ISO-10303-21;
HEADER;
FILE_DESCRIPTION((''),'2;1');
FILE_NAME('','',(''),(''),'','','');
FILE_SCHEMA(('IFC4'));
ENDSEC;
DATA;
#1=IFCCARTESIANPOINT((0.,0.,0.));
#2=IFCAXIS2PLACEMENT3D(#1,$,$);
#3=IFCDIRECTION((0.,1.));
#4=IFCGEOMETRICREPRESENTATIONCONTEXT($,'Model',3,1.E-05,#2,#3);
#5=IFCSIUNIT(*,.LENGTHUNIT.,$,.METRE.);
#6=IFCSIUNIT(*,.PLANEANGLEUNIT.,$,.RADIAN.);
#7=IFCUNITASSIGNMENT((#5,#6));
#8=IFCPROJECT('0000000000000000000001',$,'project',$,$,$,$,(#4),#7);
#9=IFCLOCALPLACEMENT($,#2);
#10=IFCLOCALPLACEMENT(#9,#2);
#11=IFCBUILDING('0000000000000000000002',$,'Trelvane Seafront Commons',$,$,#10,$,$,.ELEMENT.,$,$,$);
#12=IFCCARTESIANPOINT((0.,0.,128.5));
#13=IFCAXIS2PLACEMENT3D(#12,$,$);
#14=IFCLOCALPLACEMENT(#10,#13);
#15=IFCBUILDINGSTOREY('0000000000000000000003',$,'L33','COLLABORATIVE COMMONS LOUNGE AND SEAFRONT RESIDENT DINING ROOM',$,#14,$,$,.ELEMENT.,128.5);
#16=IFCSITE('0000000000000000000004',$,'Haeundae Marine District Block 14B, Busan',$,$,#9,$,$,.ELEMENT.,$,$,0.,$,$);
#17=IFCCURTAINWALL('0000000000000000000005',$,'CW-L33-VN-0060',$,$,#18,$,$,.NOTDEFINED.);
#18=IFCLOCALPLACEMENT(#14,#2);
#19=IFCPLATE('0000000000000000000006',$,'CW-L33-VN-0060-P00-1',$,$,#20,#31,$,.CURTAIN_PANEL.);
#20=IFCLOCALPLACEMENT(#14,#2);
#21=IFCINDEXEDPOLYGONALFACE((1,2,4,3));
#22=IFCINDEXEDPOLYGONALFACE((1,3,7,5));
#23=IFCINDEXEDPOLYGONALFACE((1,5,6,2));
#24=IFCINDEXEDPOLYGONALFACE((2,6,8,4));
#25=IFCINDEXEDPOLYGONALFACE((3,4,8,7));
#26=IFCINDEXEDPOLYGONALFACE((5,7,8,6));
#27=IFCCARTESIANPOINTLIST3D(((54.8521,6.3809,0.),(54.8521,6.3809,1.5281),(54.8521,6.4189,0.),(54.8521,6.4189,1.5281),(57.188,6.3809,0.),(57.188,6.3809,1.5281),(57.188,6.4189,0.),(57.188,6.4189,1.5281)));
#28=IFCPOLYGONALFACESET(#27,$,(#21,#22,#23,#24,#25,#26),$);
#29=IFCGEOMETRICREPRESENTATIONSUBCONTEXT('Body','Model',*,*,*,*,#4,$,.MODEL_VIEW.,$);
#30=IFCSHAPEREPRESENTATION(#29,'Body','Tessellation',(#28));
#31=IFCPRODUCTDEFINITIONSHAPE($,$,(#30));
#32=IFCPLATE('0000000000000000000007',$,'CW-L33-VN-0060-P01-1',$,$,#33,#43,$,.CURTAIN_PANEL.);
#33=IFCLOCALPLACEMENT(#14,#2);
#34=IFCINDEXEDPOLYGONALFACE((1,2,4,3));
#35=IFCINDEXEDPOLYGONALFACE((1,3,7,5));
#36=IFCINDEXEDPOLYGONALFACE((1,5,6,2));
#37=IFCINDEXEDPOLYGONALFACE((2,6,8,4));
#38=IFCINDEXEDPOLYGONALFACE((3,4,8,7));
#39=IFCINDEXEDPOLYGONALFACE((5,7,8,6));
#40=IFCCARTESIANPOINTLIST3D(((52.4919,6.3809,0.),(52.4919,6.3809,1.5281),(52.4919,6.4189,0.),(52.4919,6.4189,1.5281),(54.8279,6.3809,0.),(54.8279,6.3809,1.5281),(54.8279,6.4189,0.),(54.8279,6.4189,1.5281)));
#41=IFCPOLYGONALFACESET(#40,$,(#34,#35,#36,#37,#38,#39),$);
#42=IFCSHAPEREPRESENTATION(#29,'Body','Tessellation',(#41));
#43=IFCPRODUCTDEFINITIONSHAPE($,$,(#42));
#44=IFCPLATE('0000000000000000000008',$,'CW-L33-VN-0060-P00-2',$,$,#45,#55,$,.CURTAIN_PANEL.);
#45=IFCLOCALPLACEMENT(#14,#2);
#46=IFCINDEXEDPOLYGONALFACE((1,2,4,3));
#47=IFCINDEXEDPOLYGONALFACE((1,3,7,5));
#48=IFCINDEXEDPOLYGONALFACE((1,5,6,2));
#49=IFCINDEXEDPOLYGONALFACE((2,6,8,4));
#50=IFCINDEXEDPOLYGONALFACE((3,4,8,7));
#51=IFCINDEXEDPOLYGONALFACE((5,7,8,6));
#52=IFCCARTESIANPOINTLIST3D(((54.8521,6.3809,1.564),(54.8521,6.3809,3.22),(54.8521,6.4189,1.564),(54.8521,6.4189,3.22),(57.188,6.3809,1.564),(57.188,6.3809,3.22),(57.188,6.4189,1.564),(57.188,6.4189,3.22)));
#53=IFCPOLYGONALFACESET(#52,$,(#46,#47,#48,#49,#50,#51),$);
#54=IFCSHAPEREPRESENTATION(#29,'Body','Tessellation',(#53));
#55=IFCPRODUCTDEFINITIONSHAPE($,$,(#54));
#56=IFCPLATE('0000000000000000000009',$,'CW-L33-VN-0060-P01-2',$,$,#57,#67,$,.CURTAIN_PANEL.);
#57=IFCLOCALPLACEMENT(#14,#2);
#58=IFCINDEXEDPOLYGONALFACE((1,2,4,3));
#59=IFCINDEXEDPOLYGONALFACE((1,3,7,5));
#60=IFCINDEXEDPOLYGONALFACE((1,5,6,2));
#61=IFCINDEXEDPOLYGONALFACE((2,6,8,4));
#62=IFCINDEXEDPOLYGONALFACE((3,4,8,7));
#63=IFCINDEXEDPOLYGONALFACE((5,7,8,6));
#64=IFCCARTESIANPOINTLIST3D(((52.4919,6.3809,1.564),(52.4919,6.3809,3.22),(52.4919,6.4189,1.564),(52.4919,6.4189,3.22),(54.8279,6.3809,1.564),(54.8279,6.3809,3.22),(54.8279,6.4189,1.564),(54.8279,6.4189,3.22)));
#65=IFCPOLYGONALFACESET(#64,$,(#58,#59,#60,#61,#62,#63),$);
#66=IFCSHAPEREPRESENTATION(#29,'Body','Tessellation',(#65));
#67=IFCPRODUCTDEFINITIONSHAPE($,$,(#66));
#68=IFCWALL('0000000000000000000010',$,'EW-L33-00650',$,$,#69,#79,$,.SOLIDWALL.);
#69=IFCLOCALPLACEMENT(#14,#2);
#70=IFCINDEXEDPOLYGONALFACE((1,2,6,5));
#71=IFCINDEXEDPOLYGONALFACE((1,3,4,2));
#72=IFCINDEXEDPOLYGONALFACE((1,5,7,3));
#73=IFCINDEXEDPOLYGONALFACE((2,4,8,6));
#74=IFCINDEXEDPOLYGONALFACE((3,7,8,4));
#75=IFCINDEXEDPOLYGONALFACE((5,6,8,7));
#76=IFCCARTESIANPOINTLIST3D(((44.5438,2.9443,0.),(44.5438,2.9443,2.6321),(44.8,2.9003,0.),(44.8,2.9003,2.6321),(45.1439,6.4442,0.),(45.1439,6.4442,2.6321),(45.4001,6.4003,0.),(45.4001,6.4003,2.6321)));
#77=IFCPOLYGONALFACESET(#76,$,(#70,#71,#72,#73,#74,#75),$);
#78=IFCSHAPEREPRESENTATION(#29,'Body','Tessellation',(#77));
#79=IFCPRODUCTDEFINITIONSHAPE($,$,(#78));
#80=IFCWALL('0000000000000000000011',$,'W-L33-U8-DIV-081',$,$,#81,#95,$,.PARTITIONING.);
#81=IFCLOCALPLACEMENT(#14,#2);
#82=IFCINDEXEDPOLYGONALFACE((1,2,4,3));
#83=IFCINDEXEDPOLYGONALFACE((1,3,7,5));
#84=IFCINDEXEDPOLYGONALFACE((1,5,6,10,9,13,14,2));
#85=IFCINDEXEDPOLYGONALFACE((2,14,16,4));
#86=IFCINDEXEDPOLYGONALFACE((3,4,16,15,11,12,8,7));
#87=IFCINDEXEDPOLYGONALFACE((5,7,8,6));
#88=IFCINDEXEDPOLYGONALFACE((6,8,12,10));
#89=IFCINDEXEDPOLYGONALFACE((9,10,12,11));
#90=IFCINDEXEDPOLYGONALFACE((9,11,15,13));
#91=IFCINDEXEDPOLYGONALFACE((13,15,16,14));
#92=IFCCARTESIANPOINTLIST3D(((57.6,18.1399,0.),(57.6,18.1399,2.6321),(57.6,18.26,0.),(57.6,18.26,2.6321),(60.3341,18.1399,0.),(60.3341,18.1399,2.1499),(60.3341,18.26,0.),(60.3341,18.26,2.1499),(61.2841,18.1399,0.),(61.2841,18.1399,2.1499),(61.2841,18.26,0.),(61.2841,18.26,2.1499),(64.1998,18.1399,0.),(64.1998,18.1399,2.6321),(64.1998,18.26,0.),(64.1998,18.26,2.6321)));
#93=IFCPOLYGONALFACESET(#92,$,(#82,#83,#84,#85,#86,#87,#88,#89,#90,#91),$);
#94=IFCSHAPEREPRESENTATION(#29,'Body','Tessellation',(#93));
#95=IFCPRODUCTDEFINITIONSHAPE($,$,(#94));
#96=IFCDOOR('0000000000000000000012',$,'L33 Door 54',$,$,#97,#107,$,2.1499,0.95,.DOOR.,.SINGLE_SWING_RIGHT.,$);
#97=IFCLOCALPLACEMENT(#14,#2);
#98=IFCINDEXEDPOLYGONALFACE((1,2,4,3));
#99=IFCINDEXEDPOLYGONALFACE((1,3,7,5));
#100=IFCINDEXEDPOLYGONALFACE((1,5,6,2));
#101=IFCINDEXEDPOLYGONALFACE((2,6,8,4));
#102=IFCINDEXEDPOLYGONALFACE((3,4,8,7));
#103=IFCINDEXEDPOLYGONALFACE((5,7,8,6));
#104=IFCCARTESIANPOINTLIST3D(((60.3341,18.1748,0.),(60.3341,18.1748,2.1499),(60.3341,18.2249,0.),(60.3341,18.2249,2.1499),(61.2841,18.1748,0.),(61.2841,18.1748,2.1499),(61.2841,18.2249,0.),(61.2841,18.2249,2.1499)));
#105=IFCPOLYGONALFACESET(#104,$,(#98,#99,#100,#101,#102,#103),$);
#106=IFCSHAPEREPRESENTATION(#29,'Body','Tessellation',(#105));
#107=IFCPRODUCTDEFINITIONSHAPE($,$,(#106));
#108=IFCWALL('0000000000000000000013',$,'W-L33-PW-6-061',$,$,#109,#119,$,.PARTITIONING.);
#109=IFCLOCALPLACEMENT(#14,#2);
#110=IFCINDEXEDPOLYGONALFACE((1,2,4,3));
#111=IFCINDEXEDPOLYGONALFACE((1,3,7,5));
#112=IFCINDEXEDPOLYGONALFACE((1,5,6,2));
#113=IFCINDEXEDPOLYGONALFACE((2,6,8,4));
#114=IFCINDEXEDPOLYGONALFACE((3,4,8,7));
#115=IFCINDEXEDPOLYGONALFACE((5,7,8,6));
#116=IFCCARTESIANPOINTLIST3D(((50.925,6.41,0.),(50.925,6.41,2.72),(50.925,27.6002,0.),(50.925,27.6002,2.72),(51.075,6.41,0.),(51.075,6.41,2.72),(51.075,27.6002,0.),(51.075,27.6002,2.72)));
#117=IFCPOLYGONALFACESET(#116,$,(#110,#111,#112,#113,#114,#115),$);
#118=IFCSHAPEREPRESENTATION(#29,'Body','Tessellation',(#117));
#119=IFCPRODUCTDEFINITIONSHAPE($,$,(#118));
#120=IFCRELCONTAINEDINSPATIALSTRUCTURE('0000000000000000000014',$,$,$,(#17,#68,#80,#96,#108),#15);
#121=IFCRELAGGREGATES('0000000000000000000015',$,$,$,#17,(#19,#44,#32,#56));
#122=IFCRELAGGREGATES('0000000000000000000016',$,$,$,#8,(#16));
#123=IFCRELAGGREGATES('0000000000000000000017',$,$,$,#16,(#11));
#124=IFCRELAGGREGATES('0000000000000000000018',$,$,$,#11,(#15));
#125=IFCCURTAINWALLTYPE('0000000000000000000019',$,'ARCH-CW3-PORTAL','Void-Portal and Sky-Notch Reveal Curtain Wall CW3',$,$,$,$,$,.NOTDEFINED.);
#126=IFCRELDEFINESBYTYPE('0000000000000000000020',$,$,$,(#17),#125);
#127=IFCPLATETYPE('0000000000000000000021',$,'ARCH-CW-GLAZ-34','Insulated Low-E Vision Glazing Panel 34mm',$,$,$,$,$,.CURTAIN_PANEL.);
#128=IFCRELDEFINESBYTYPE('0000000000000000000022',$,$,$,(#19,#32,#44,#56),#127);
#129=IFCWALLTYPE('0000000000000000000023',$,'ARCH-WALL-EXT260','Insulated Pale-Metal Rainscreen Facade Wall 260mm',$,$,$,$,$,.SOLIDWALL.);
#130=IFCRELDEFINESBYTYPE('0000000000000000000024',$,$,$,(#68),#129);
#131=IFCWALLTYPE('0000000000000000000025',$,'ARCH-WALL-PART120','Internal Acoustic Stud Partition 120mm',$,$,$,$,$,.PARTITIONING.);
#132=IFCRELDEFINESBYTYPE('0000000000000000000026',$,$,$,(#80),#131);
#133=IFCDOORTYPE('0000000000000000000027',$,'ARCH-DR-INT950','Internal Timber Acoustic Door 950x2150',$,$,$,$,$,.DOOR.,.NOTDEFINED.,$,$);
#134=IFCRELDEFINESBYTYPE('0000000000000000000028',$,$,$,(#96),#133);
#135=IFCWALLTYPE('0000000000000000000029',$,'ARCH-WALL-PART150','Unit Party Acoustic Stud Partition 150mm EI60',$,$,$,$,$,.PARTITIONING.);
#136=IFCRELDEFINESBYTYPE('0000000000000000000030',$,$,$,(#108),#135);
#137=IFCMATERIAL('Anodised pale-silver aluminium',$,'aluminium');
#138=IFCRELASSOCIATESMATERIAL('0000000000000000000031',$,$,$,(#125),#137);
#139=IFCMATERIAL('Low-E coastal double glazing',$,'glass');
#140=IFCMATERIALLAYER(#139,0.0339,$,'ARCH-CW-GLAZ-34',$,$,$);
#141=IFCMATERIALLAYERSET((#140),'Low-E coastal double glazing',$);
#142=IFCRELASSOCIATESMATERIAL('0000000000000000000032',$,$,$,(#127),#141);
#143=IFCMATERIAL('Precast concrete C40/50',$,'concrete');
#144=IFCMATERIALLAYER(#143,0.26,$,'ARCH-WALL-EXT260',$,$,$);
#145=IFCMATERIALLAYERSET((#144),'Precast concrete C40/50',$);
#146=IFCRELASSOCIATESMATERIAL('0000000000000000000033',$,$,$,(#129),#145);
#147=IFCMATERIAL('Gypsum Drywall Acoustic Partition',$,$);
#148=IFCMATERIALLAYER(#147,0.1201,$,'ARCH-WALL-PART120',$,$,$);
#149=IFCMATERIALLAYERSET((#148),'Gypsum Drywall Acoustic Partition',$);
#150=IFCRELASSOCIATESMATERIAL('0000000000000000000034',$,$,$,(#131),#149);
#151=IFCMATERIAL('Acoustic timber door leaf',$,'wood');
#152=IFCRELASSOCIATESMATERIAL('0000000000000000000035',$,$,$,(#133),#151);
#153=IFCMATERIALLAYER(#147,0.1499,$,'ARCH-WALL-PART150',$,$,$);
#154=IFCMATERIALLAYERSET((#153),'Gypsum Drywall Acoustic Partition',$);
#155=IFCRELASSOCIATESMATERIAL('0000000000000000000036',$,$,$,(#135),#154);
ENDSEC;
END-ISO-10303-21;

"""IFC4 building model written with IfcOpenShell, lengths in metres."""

from ifc_helpers import new_model, si_unit, direction, frame, frame_2d, origin, origin_2d, place, context, subcontext, project, spatial, rectangle, extrude, source, transform, mapped, material, layer, layer_set, type_object, element, fill, aggregate, save


model = new_model("IFC4")

# Units and contexts
model_context = context("Model", 3, precision=1e-05, world=origin(), true_north=direction((0.0, 1.0)))
body_context = subcontext(model_context, "Body", "Model", "MODEL_VIEW")
ifc_project = project(units=[si_unit("LENGTHUNIT", "METRE"), si_unit("PLANEANGLEUNIT", "RADIAN")], contexts=[model_context])

# Site, building, storey
site_placement = place(None, origin())
site = spatial("IfcSite", under=ifc_project, at=site_placement, Name="Haeundae Marine District Block 14B, Busan", CompositionType="ELEMENT", RefElevation=0.0)
building_placement = place(site_placement, origin())
building = spatial("IfcBuilding", under=site, at=building_placement, Name="Trelvane Seafront Commons", CompositionType="ELEMENT")
storey_placement = place(building_placement, frame((0.0, 0.0, 128.5)))
storey = spatial("IfcBuildingStorey", under=building, at=storey_placement, Name="L33", Description="COLLABORATIVE COMMONS LOUNGE AND SEAFRONT RESIDENT DINING ROOM", CompositionType="ELEMENT", Elevation=128.5)

# Curtain wall, plates
ifc_material_1 = material(Name="Anodised pale-silver aluminium", Category="aluminium")
curtain_wall_type = type_object("IfcCurtainWallType", Name="ARCH-CW3-PORTAL", Description="Void-Portal and Sky-Notch Reveal Curtain Wall CW3", PredefinedType="NOTDEFINED", material=ifc_material_1)
curtain_wall_placement = place(storey_placement, origin())
curtain_wall = element("IfcCurtainWall", 1, at=curtain_wall_placement, inside=storey, type_object=curtain_wall_type, Name="CW-L33-VN-0060", PredefinedType="NOTDEFINED")
ifc_material_2 = material(Name="Low-E coastal double glazing", Category="glass")
ifc_layer_1 = layer(ifc_material_2, 0.0339, Name="ARCH-CW-GLAZ-34")
ifc_layer_set_1 = layer_set([ifc_layer_1], Name="Low-E coastal double glazing")
plate_type = type_object("IfcPlateType", Name="ARCH-CW-GLAZ-34", Description="Insulated Low-E Vision Glazing Panel 34mm", PredefinedType="CURTAIN_PANEL", material=ifc_layer_set_1)
shared_shape_1 = source(origin(), body_context, "Body", "SweptSolid", [
    extrude(rectangle(XDim=2.3359, YDim=0.0381, at=origin_2d()), origin(), (0.0, 0.0, 1.0), 1.5281),
])
plate_1_placement = place(storey_placement, frame((56.02, 6.3999, 0.0), z_axis=(0.0, 0.0, 1.0), x_axis=(-1.0, 0.0, 0.0)))
plate_1 = element("IfcPlate", 2, at=plate_1_placement, type_object=plate_type, Name="CW-L33-VN-0060-P00-1", PredefinedType="CURTAIN_PANEL", context=body_context, shape_type="MappedRepresentation", body=[
    mapped(shared_shape_1, transform((0.0, 0.0, 0.0), x_axis=(1.0, 0.0, 0.0), y_axis=(0.0, 1.0, 0.0), z_axis=(0.0, 0.0, 1.0), scale=1.0)),
])
plate_2_placement = place(storey_placement, frame((53.6599, 6.3999, 0.0), z_axis=(0.0, 0.0, 1.0), x_axis=(-1.0, 0.0, 0.0)))
plate_2 = element("IfcPlate", 3, at=plate_2_placement, type_object=plate_type, Name="CW-L33-VN-0060-P01-1", PredefinedType="CURTAIN_PANEL", context=body_context, shape_type="MappedRepresentation", body=[
    mapped(shared_shape_1, transform((0.0, 0.0, 0.0), x_axis=(1.0, 0.0, 0.0), y_axis=(0.0, 1.0, 0.0), z_axis=(0.0, 0.0, 1.0), scale=1.0)),
])
shared_shape_2 = source(origin(), body_context, "Body", "SweptSolid", [
    extrude(rectangle(XDim=2.3359, YDim=0.0381, at=origin_2d()), origin(), (0.0, 0.0, 1.0), 1.656),
])
plate_3_placement = place(storey_placement, frame((56.02, 6.3999, 1.564), z_axis=(0.0, 0.0, 1.0), x_axis=(-1.0, 0.0, 0.0)))
plate_3 = element("IfcPlate", 4, at=plate_3_placement, type_object=plate_type, Name="CW-L33-VN-0060-P00-2", PredefinedType="CURTAIN_PANEL", context=body_context, shape_type="MappedRepresentation", body=[
    mapped(shared_shape_2, transform((0.0, 0.0, 0.0), x_axis=(1.0, 0.0, 0.0), y_axis=(0.0, 1.0, 0.0), z_axis=(0.0, 0.0, 1.0), scale=1.0)),
])
plate_4_placement = place(storey_placement, frame((53.6599, 6.3999, 1.564), z_axis=(0.0, 0.0, 1.0), x_axis=(-1.0, 0.0, 0.0)))
plate_4 = element("IfcPlate", 5, at=plate_4_placement, type_object=plate_type, Name="CW-L33-VN-0060-P01-2", PredefinedType="CURTAIN_PANEL", context=body_context, shape_type="MappedRepresentation", body=[
    mapped(shared_shape_2, transform((0.0, 0.0, 0.0), x_axis=(1.0, 0.0, 0.0), y_axis=(0.0, 1.0, 0.0), z_axis=(0.0, 0.0, 1.0), scale=1.0)),
])
aggregate(curtain_wall, [plate_1, plate_3, plate_2, plate_4])

# Wall
ifc_material_3 = material(Name="Precast concrete C40/50", Category="concrete")
ifc_layer_2 = layer(ifc_material_3, 0.26, Name="ARCH-WALL-EXT260")
ifc_layer_set_2 = layer_set([ifc_layer_2], Name="Precast concrete C40/50")
wall_type_1 = type_object("IfcWallType", Name="ARCH-WALL-EXT260", Description="Insulated Pale-Metal Rainscreen Facade Wall 260mm", PredefinedType="SOLIDWALL", material=ifc_layer_set_2)
wall_1_placement = place(storey_placement, frame((45.272, 6.4221, 0.0), z_axis=(0.0, 0.0, 1.0), x_axis=(-0.168991, -0.985618, 0.0)))
element("IfcWall", 6, at=wall_1_placement, inside=storey, type_object=wall_type_1, Name="EW-L33-00650", PredefinedType="SOLIDWALL", context=body_context, shape_type="SweptSolid", body=[
    extrude(rectangle(XDim=3.551, YDim=0.26, at=frame_2d((1.7754, 0.0))), origin(), (0.0, 0.0, 1.0), 2.6321),
])

# Wall, opening, door
ifc_material_4 = material(Name="Gypsum Drywall Acoustic Partition")
ifc_layer_3 = layer(ifc_material_4, 0.1201, Name="ARCH-WALL-PART120")
ifc_layer_set_3 = layer_set([ifc_layer_3], Name="Gypsum Drywall Acoustic Partition")
wall_type_2 = type_object("IfcWallType", Name="ARCH-WALL-PART120", Description="Internal Acoustic Stud Partition 120mm", PredefinedType="PARTITIONING", material=ifc_layer_set_3)
wall_2_placement = place(storey_placement, frame((57.6001, 18.2, 0.0), z_axis=(0.0, 0.0, 1.0), x_axis=(1.0, 0.0, 0.0)))
wall_2 = element("IfcWall", 7, at=wall_2_placement, inside=storey, type_object=wall_type_2, Name="W-L33-U8-DIV-081", PredefinedType="PARTITIONING", context=body_context, shape_type="SweptSolid", body=[
    extrude(rectangle(XDim=6.5999, YDim=0.1201, at=frame_2d((3.2998, 0.0))), origin(), (0.0, 0.0, 1.0), 2.6321),
])
opening_placement = place(wall_2_placement, frame((2.7339, 0.0, 0.0)))
opening = element("IfcOpeningElement", 8, at=opening_placement, cuts=wall_2, PredefinedType="OPENING", context=body_context, shape_type="SweptSolid", body=[
    extrude(rectangle(XDim=0.95, YDim=2.1499, at=frame_2d((0.4751, 1.075))), frame((0.0, 0.0701, 0.0), z_axis=(0.0, -1.0, 0.0), x_axis=(1.0, 0.0, 0.0)), (0.0, 0.0, 1.0), 0.1401),
])
ifc_material_5 = material(Name="Acoustic timber door leaf", Category="wood")
door_type = type_object("IfcDoorType", Name="ARCH-DR-INT950", Description="Internal Timber Acoustic Door 950x2150", OperationType="NOTDEFINED", PredefinedType="DOOR", material=ifc_material_5)
shared_shape_3 = source(origin(), body_context, "Body", "SweptSolid", [
    extrude(rectangle(XDim=0.95, YDim=2.1499, at=frame_2d((0.4751, 1.075))), frame((0.0, 0.0249, 0.0), z_axis=(0.0, -1.0, 0.0), x_axis=(1.0, 0.0, 0.0)), (0.0, 0.0, 1.0), 0.05),
])
door_placement = place(opening_placement, origin())
door = element("IfcDoor", 9, at=door_placement, inside=storey, type_object=door_type, Name="L33 Door 54", OperationType="SINGLE_SWING_RIGHT", OverallHeight=2.1499, OverallWidth=0.95, PredefinedType="DOOR", context=body_context, shape_type="MappedRepresentation", body=[
    mapped(shared_shape_3, transform((0.0, 0.0, 0.0), x_axis=(1.0, 0.0, 0.0), y_axis=(0.0, 1.0, 0.0), z_axis=(0.0, 0.0, 1.0), scale=1.0)),
])
fill(opening, door)

# Wall
ifc_layer_4 = layer(ifc_material_4, 0.1499, Name="ARCH-WALL-PART150")
ifc_layer_set_4 = layer_set([ifc_layer_4], Name="Gypsum Drywall Acoustic Partition")
wall_type_3 = type_object("IfcWallType", Name="ARCH-WALL-PART150", Description="Unit Party Acoustic Stud Partition 150mm EI60", PredefinedType="PARTITIONING", material=ifc_layer_set_4)
wall_3_placement = place(storey_placement, frame((51.0, 6.4099, 0.0), z_axis=(0.0, 0.0, 1.0), x_axis=(0.0, 1.0, 0.0)))
element("IfcWall", 10, at=wall_3_placement, inside=storey, type_object=wall_type_3, Name="W-L33-PW-6-061", PredefinedType="PARTITIONING", context=body_context, shape_type="SweptSolid", body=[
    extrude(rectangle(XDim=21.1902, YDim=0.1499, at=frame_2d((10.5952, 0.0))), origin(), (0.0, 0.0, 1.0), 2.72),
])

save(model, "model.ifc")
